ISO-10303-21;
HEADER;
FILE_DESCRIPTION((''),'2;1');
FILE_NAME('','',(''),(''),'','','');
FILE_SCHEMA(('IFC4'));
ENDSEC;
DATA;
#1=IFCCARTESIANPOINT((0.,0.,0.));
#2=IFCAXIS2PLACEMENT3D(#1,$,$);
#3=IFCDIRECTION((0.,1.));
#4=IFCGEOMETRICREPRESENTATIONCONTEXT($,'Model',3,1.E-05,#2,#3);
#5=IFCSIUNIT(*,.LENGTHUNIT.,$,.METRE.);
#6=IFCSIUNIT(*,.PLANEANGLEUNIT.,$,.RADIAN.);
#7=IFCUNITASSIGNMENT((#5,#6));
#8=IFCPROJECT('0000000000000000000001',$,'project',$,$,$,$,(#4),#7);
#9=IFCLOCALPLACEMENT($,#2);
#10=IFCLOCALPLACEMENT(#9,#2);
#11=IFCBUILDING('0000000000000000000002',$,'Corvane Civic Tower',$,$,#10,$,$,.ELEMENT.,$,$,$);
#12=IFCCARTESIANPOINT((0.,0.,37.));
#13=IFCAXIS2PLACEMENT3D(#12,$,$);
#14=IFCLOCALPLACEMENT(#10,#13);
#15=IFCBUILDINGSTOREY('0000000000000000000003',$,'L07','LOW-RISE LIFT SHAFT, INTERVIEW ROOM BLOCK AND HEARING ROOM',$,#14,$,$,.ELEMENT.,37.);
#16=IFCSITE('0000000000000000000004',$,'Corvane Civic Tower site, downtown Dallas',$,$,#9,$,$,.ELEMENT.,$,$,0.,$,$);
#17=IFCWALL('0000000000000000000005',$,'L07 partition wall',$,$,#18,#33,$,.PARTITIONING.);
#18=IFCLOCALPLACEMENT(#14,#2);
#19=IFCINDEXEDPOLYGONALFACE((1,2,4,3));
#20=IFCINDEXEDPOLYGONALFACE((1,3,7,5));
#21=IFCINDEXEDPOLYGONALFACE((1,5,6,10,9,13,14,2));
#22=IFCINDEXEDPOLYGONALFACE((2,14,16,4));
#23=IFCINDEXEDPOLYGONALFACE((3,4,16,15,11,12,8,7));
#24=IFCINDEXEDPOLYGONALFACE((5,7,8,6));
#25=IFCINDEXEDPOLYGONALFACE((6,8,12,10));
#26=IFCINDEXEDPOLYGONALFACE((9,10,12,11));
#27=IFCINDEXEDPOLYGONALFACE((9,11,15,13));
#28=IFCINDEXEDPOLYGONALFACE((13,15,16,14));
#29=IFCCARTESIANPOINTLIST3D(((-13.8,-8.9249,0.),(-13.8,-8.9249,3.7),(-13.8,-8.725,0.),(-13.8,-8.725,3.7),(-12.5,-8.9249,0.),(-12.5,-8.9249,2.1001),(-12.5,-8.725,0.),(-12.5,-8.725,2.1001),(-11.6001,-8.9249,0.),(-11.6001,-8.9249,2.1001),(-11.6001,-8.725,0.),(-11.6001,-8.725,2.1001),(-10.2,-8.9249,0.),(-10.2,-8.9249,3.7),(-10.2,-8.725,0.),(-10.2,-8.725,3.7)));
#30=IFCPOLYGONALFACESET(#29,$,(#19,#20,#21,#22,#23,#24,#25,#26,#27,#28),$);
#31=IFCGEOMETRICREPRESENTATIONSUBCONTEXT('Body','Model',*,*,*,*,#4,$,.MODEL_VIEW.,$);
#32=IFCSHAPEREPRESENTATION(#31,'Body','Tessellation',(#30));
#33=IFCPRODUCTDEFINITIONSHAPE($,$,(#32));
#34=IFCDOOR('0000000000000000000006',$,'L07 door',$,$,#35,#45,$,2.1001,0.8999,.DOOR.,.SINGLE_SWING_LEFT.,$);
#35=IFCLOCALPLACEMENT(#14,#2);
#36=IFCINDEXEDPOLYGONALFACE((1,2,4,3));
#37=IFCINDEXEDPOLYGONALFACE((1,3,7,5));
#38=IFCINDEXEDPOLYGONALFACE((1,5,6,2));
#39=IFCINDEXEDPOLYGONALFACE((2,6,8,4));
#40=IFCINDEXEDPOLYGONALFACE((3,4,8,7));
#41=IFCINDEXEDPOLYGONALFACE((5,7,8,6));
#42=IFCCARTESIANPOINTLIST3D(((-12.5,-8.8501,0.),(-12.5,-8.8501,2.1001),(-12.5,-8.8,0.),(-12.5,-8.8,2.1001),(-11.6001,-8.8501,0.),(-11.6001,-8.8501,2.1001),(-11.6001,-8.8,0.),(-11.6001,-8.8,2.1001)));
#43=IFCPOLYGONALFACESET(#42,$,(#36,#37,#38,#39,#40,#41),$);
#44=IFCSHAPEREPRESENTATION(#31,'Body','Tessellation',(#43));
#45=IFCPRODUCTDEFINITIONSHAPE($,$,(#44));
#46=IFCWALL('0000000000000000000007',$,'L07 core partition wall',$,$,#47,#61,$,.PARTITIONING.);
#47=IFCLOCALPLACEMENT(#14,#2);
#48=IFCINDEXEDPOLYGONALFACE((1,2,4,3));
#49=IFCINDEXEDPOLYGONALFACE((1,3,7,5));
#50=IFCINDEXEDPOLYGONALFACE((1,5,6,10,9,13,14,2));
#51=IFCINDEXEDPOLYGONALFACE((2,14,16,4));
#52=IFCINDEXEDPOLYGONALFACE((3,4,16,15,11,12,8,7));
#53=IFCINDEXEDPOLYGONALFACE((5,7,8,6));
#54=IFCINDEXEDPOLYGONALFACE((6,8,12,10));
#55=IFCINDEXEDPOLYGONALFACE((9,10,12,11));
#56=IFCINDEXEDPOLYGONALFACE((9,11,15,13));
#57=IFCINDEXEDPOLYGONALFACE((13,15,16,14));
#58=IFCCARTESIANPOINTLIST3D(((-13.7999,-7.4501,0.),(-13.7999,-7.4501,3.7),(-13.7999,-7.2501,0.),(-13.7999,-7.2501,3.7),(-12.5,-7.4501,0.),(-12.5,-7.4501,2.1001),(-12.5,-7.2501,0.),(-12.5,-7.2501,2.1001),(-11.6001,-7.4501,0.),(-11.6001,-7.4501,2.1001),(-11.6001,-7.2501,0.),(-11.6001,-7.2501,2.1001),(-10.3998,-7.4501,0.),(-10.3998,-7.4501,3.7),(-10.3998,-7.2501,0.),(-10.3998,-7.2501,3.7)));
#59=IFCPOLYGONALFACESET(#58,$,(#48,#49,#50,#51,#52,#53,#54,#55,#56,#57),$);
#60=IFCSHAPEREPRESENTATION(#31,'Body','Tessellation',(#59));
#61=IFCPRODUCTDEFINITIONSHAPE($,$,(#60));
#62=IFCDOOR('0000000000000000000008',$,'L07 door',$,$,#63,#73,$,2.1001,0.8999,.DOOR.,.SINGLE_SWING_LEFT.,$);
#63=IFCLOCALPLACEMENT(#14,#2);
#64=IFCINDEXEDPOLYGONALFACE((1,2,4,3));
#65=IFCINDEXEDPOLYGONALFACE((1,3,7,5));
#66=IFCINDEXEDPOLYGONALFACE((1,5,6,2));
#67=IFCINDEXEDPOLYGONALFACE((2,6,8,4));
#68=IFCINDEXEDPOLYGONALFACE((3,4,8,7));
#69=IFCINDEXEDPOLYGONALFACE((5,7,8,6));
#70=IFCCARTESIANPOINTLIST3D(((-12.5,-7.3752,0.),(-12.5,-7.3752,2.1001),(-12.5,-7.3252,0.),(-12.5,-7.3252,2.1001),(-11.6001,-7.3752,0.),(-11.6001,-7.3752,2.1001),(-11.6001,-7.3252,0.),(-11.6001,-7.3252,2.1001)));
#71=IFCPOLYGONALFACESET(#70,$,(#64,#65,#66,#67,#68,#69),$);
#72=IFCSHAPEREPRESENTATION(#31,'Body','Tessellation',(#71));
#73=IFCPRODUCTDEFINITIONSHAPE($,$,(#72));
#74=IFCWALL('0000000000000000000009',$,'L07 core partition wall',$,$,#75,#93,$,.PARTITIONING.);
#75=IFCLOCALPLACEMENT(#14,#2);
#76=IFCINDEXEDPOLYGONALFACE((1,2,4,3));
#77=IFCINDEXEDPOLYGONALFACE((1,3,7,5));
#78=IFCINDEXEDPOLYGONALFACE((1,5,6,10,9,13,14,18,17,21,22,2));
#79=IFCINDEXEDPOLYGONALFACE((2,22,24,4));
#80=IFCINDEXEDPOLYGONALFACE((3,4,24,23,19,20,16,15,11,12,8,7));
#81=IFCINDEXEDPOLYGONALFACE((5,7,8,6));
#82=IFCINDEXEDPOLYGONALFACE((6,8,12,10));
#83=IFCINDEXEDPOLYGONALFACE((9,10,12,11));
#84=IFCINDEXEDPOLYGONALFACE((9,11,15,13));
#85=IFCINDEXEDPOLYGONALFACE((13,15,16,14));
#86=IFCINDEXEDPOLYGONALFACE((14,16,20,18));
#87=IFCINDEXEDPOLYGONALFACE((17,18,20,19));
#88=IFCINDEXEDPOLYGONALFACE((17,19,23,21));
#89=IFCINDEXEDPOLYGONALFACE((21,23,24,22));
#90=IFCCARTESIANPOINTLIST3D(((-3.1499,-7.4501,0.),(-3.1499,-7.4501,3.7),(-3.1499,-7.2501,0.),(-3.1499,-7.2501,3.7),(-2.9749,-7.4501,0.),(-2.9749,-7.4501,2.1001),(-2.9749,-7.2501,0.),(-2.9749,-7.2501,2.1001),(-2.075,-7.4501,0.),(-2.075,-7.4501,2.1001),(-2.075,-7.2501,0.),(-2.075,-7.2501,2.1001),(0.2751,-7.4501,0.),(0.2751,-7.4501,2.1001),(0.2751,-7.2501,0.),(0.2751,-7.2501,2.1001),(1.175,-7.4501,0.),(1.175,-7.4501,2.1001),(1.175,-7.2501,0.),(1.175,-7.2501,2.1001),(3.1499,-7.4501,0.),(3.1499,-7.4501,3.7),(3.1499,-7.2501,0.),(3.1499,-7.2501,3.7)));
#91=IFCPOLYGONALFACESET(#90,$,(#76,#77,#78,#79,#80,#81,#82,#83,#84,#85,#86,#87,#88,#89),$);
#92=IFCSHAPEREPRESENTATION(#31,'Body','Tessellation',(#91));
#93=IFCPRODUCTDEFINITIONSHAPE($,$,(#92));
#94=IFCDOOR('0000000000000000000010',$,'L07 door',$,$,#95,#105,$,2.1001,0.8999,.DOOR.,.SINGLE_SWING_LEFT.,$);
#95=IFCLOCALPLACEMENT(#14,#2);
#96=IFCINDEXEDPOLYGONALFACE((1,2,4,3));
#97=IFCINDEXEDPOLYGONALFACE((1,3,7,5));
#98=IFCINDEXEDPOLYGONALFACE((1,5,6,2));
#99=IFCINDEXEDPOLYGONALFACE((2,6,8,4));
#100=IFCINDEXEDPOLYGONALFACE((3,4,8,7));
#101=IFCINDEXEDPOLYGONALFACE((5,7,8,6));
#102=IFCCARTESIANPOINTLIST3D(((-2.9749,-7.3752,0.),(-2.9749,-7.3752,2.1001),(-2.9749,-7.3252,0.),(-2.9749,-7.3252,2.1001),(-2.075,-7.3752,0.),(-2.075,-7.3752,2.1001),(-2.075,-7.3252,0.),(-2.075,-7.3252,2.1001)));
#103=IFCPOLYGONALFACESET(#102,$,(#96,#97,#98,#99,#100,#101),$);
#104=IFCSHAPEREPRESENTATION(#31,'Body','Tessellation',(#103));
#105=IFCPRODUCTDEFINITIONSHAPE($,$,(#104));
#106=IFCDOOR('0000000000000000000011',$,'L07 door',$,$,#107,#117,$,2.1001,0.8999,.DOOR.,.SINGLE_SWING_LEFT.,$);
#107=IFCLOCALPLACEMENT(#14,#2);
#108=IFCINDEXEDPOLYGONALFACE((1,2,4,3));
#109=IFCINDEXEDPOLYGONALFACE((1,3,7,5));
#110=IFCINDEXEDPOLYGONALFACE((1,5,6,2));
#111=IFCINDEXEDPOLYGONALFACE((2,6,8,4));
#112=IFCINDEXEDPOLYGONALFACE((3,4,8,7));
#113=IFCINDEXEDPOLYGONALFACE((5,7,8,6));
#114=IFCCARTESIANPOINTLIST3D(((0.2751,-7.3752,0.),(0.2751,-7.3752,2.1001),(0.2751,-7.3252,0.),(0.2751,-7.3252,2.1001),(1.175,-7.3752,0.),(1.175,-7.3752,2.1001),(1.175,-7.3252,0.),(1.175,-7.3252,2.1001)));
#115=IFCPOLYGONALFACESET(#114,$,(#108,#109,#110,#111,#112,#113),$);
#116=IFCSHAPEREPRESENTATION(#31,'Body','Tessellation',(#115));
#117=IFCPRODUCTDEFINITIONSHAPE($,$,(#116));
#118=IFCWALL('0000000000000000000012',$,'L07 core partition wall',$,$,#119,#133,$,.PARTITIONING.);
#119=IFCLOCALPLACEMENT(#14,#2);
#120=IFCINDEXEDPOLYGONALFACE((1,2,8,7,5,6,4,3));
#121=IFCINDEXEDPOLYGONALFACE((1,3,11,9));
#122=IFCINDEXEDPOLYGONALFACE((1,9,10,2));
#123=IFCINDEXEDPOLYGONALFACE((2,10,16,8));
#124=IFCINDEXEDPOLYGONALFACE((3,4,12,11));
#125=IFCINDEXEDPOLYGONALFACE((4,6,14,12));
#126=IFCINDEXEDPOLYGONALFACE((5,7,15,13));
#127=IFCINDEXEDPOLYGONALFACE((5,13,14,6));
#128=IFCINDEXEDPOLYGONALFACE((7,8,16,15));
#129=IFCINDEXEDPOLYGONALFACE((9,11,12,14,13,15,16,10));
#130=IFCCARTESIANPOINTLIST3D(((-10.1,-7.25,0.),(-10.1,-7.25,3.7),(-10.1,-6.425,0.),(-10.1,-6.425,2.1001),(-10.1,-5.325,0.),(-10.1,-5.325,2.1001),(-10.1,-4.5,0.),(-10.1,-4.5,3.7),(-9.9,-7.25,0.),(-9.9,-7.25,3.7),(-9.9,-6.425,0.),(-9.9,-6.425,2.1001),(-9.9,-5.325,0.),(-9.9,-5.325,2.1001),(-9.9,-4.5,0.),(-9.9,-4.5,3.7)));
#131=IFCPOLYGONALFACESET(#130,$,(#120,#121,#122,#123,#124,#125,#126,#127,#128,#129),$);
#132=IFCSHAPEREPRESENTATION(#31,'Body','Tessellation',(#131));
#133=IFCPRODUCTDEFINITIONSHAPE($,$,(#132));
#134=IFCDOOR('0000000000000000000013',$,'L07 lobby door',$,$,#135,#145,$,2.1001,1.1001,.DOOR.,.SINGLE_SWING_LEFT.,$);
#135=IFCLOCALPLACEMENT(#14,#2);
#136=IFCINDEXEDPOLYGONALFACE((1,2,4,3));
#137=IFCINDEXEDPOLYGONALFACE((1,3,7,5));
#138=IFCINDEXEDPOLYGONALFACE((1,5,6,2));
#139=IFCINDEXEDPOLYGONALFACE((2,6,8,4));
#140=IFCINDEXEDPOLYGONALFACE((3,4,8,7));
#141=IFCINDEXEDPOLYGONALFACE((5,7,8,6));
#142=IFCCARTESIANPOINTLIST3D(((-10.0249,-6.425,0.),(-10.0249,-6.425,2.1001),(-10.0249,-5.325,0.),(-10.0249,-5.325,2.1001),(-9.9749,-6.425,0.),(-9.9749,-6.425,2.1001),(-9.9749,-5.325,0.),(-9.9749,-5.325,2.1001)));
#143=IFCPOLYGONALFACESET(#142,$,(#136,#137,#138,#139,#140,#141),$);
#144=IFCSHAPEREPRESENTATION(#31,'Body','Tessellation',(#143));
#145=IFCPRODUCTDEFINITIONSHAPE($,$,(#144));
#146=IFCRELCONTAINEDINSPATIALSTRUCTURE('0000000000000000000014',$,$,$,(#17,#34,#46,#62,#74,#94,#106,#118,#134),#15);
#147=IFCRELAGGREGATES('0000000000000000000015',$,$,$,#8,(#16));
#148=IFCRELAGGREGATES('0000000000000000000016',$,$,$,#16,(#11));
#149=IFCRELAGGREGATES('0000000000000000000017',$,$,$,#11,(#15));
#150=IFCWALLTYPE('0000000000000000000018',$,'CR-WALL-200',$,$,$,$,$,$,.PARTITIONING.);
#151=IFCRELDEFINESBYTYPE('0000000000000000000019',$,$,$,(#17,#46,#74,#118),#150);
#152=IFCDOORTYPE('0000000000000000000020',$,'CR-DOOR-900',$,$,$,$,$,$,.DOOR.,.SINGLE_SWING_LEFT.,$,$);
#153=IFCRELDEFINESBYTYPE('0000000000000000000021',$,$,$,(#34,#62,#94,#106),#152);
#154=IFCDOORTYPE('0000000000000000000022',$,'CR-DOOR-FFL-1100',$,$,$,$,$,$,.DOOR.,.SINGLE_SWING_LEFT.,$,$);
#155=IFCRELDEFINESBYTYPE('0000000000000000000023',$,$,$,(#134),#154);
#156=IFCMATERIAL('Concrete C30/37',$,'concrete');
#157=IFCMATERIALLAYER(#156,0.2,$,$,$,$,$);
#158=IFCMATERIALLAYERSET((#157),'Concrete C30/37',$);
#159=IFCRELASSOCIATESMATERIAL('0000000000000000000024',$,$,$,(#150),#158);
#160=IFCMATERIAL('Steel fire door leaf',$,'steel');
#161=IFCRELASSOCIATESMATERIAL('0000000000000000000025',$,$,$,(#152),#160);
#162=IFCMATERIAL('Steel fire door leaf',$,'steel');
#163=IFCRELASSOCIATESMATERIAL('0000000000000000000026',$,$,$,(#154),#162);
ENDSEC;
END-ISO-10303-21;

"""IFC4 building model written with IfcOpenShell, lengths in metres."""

from ifc_helpers import new_model, si_unit, direction, frame, frame_2d, origin, place, context, subcontext, project, spatial, rectangle, extrude, material, layer, layer_set, type_object, element, fill, save


model = new_model("IFC4")

# Units and contexts
model_context = context("Model", 3, precision=1e-05, world=origin(), true_north=direction((0.0, 1.0)))
body_context = subcontext(model_context, "Body", "Model", "MODEL_VIEW")
ifc_project = project(units=[si_unit("LENGTHUNIT", "METRE"), si_unit("PLANEANGLEUNIT", "RADIAN")], contexts=[model_context])

# Site, building, storey
site_placement = place(None, origin())
site = spatial("IfcSite", under=ifc_project, at=site_placement, Name="Corvane Civic Tower site, downtown Dallas", CompositionType="ELEMENT", RefElevation=0.0)
building_placement = place(site_placement, origin())
building = spatial("IfcBuilding", under=site, at=building_placement, Name="Corvane Civic Tower", CompositionType="ELEMENT")
storey_placement = place(building_placement, frame((0.0, 0.0, 37.0)))
storey = spatial("IfcBuildingStorey", under=building, at=storey_placement, Name="L07", Description="LOW-RISE LIFT SHAFT, INTERVIEW ROOM BLOCK AND HEARING ROOM", CompositionType="ELEMENT", Elevation=37.0)

# Shared definitions
ifc_material_1 = material(Name="Concrete C30/37", Category="concrete")
ifc_layer_1 = layer(ifc_material_1, 0.2)
ifc_layer_set_1 = layer_set([ifc_layer_1], Name="Concrete C30/37")
wall_type_1 = type_object("IfcWallType", Name="CR-WALL-200", PredefinedType="PARTITIONING", material=ifc_layer_set_1)
ifc_material_2 = material(Name="Steel fire door leaf", Category="steel")
door_type_1 = type_object("IfcDoorType", Name="CR-DOOR-900", OperationType="SINGLE_SWING_LEFT", PredefinedType="DOOR", material=ifc_material_2)

# Walls, openings, doors
wall_1_placement = place(storey_placement, frame((-13.8, -8.825, 0.0), z_axis=(0.0, 0.0, 1.0), x_axis=(1.0, 0.0, 0.0)))
wall_1 = element("IfcWall", 1, at=wall_1_placement, inside=storey, type_object=wall_type_1, Name="L07 partition wall", PredefinedType="PARTITIONING", context=body_context, shape_type="SweptSolid", body=[
    extrude(rectangle(XDim=3.6001, YDim=0.2, at=frame_2d((1.8, 0.0))), origin(), (0.0, 0.0, 1.0), 3.7),
])
opening_1_placement = place(wall_1_placement, frame((1.3, 0.0, 0.0)))
opening_1 = element("IfcOpeningElement", 2, at=opening_1_placement, cuts=wall_1, PredefinedType="OPENING", context=body_context, shape_type="SweptSolid", body=[
    extrude(rectangle(XDim=0.8999, YDim=2.1001, at=frame_2d((0.45, 1.05))), frame((0.0, 0.1099, 0.0), z_axis=(0.0, -1.0, 0.0), x_axis=(1.0, 0.0, 0.0)), (0.0, 0.0, 1.0), 0.22),
])
door_1_placement = place(opening_1_placement, origin())
door_1 = element("IfcDoor", 3, at=door_1_placement, inside=storey, type_object=door_type_1, Name="L07 door", OperationType="SINGLE_SWING_LEFT", OverallHeight=2.1001, OverallWidth=0.8999, PredefinedType="DOOR", context=body_context, shape_type="SweptSolid", body=[
    extrude(rectangle(XDim=0.8999, YDim=2.1001, at=frame_2d((0.45, 1.05))), frame((0.0, 0.0249, 0.0), z_axis=(0.0, -1.0, 0.0), x_axis=(1.0, 0.0, 0.0)), (0.0, 0.0, 1.0), 0.05),
])
fill(opening_1, door_1)
wall_2_placement = place(storey_placement, frame((-13.8, -7.3501, 0.0), z_axis=(0.0, 0.0, 1.0), x_axis=(1.0, 0.0, 0.0)))
wall_2 = element("IfcWall", 4, at=wall_2_placement, inside=storey, type_object=wall_type_1, Name="L07 core partition wall", PredefinedType="PARTITIONING", context=body_context, shape_type="SweptSolid", body=[
    extrude(rectangle(XDim=3.4001, YDim=0.2, at=frame_2d((1.7002, 0.0))), origin(), (0.0, 0.0, 1.0), 3.7),
])
opening_2_placement = place(wall_2_placement, frame((1.3, 0.0, 0.0)))
opening_2 = element("IfcOpeningElement", 5, at=opening_2_placement, cuts=wall_2, PredefinedType="OPENING", context=body_context, shape_type="SweptSolid", body=[
    extrude(rectangle(XDim=0.8999, YDim=2.1001, at=frame_2d((0.45, 1.05))), frame((0.0, 0.1099, 0.0), z_axis=(0.0, -1.0, 0.0), x_axis=(1.0, 0.0, 0.0)), (0.0, 0.0, 1.0), 0.22),
])
door_2_placement = place(opening_2_placement, origin())
door_2 = element("IfcDoor", 6, at=door_2_placement, inside=storey, type_object=door_type_1, Name="L07 door", OperationType="SINGLE_SWING_LEFT", OverallHeight=2.1001, OverallWidth=0.8999, PredefinedType="DOOR", context=body_context, shape_type="SweptSolid", body=[
    extrude(rectangle(XDim=0.8999, YDim=2.1001, at=frame_2d((0.45, 1.05))), frame((0.0, 0.0249, 0.0), z_axis=(0.0, -1.0, 0.0), x_axis=(1.0, 0.0, 0.0)), (0.0, 0.0, 1.0), 0.05),
])
fill(opening_2, door_2)

# Wall, openings, doors
wall_3_placement = place(storey_placement, frame((-3.1499, -7.3501, 0.0), z_axis=(0.0, 0.0, 1.0), x_axis=(1.0, 0.0, 0.0)))
wall_3 = element("IfcWall", 7, at=wall_3_placement, inside=storey, type_object=wall_type_1, Name="L07 core partition wall", PredefinedType="PARTITIONING", context=body_context, shape_type="SweptSolid", body=[
    extrude(rectangle(XDim=6.2998, YDim=0.2, at=frame_2d((3.1499, 0.0))), origin(), (0.0, 0.0, 1.0), 3.7),
])
opening_3_placement = place(wall_3_placement, frame((0.175, 0.0, 0.0)))
opening_3 = element("IfcOpeningElement", 8, at=opening_3_placement, cuts=wall_3, PredefinedType="OPENING", context=body_context, shape_type="SweptSolid", body=[
    extrude(rectangle(XDim=0.8999, YDim=2.1001, at=frame_2d((0.45, 1.05))), frame((0.0, 0.1099, 0.0), z_axis=(0.0, -1.0, 0.0), x_axis=(1.0, 0.0, 0.0)), (0.0, 0.0, 1.0), 0.22),
])
opening_4_placement = place(wall_3_placement, frame((3.425, 0.0, 0.0)))
opening_4 = element("IfcOpeningElement", 9, at=opening_4_placement, cuts=wall_3, PredefinedType="OPENING", context=body_context, shape_type="SweptSolid", body=[
    extrude(rectangle(XDim=0.8999, YDim=2.1001, at=frame_2d((0.45, 1.05))), frame((0.0, 0.1099, 0.0), z_axis=(0.0, -1.0, 0.0), x_axis=(1.0, 0.0, 0.0)), (0.0, 0.0, 1.0), 0.22),
])
door_3_placement = place(opening_3_placement, origin())
door_3 = element("IfcDoor", 10, at=door_3_placement, inside=storey, type_object=door_type_1, Name="L07 door", OperationType="SINGLE_SWING_LEFT", OverallHeight=2.1001, OverallWidth=0.8999, PredefinedType="DOOR", context=body_context, shape_type="SweptSolid", body=[
    extrude(rectangle(XDim=0.8999, YDim=2.1001, at=frame_2d((0.45, 1.05))), frame((0.0, 0.0249, 0.0), z_axis=(0.0, -1.0, 0.0), x_axis=(1.0, 0.0, 0.0)), (0.0, 0.0, 1.0), 0.05),
])
fill(opening_3, door_3)
door_4_placement = place(opening_4_placement, origin())
door_4 = element("IfcDoor", 11, at=door_4_placement, inside=storey, type_object=door_type_1, Name="L07 door", OperationType="SINGLE_SWING_LEFT", OverallHeight=2.1001, OverallWidth=0.8999, PredefinedType="DOOR", context=body_context, shape_type="SweptSolid", body=[
    extrude(rectangle(XDim=0.8999, YDim=2.1001, at=frame_2d((0.45, 1.05))), frame((0.0, 0.0249, 0.0), z_axis=(0.0, -1.0, 0.0), x_axis=(1.0, 0.0, 0.0)), (0.0, 0.0, 1.0), 0.05),
])
fill(opening_4, door_4)

# Wall, opening, door
wall_4_placement = place(storey_placement, frame((-10.0, -7.25, 0.0), z_axis=(0.0, 0.0, 1.0), x_axis=(0.0, 1.0, 0.0)))
wall_4 = element("IfcWall", 12, at=wall_4_placement, inside=storey, type_object=wall_type_1, Name="L07 core partition wall", PredefinedType="PARTITIONING", context=body_context, shape_type="SweptSolid", body=[
    extrude(rectangle(XDim=2.75, YDim=0.2, at=frame_2d((1.375, 0.0))), origin(), (0.0, 0.0, 1.0), 3.7),
])
opening_5_placement = place(wall_4_placement, frame((0.825, 0.0, 0.0)))
opening_5 = element("IfcOpeningElement", 13, at=opening_5_placement, cuts=wall_4, PredefinedType="OPENING", context=body_context, shape_type="SweptSolid", body=[
    extrude(rectangle(XDim=1.1001, YDim=2.1001, at=frame_2d((0.55, 1.05))), frame((0.0, 0.1099, 0.0), z_axis=(0.0, -1.0, 0.0), x_axis=(1.0, 0.0, 0.0)), (0.0, 0.0, 1.0), 0.22),
])
ifc_material_3 = material(Name="Steel fire door leaf", Category="steel")
door_type_2 = type_object("IfcDoorType", Name="CR-DOOR-FFL-1100", OperationType="SINGLE_SWING_LEFT", PredefinedType="DOOR", material=ifc_material_3)
door_5_placement = place(opening_5_placement, origin())
door_5 = element("IfcDoor", 14, at=door_5_placement, inside=storey, type_object=door_type_2, Name="L07 lobby door", OperationType="SINGLE_SWING_LEFT", OverallHeight=2.1001, OverallWidth=1.1001, PredefinedType="DOOR", context=body_context, shape_type="SweptSolid", body=[
    extrude(rectangle(XDim=1.1001, YDim=2.1001, at=frame_2d((0.55, 1.05))), frame((0.0, 0.0249, 0.0), z_axis=(0.0, -1.0, 0.0), x_axis=(1.0, 0.0, 0.0)), (0.0, 0.0, 1.0), 0.05),
])
fill(opening_5, door_5)

save(model, "model.ifc")
